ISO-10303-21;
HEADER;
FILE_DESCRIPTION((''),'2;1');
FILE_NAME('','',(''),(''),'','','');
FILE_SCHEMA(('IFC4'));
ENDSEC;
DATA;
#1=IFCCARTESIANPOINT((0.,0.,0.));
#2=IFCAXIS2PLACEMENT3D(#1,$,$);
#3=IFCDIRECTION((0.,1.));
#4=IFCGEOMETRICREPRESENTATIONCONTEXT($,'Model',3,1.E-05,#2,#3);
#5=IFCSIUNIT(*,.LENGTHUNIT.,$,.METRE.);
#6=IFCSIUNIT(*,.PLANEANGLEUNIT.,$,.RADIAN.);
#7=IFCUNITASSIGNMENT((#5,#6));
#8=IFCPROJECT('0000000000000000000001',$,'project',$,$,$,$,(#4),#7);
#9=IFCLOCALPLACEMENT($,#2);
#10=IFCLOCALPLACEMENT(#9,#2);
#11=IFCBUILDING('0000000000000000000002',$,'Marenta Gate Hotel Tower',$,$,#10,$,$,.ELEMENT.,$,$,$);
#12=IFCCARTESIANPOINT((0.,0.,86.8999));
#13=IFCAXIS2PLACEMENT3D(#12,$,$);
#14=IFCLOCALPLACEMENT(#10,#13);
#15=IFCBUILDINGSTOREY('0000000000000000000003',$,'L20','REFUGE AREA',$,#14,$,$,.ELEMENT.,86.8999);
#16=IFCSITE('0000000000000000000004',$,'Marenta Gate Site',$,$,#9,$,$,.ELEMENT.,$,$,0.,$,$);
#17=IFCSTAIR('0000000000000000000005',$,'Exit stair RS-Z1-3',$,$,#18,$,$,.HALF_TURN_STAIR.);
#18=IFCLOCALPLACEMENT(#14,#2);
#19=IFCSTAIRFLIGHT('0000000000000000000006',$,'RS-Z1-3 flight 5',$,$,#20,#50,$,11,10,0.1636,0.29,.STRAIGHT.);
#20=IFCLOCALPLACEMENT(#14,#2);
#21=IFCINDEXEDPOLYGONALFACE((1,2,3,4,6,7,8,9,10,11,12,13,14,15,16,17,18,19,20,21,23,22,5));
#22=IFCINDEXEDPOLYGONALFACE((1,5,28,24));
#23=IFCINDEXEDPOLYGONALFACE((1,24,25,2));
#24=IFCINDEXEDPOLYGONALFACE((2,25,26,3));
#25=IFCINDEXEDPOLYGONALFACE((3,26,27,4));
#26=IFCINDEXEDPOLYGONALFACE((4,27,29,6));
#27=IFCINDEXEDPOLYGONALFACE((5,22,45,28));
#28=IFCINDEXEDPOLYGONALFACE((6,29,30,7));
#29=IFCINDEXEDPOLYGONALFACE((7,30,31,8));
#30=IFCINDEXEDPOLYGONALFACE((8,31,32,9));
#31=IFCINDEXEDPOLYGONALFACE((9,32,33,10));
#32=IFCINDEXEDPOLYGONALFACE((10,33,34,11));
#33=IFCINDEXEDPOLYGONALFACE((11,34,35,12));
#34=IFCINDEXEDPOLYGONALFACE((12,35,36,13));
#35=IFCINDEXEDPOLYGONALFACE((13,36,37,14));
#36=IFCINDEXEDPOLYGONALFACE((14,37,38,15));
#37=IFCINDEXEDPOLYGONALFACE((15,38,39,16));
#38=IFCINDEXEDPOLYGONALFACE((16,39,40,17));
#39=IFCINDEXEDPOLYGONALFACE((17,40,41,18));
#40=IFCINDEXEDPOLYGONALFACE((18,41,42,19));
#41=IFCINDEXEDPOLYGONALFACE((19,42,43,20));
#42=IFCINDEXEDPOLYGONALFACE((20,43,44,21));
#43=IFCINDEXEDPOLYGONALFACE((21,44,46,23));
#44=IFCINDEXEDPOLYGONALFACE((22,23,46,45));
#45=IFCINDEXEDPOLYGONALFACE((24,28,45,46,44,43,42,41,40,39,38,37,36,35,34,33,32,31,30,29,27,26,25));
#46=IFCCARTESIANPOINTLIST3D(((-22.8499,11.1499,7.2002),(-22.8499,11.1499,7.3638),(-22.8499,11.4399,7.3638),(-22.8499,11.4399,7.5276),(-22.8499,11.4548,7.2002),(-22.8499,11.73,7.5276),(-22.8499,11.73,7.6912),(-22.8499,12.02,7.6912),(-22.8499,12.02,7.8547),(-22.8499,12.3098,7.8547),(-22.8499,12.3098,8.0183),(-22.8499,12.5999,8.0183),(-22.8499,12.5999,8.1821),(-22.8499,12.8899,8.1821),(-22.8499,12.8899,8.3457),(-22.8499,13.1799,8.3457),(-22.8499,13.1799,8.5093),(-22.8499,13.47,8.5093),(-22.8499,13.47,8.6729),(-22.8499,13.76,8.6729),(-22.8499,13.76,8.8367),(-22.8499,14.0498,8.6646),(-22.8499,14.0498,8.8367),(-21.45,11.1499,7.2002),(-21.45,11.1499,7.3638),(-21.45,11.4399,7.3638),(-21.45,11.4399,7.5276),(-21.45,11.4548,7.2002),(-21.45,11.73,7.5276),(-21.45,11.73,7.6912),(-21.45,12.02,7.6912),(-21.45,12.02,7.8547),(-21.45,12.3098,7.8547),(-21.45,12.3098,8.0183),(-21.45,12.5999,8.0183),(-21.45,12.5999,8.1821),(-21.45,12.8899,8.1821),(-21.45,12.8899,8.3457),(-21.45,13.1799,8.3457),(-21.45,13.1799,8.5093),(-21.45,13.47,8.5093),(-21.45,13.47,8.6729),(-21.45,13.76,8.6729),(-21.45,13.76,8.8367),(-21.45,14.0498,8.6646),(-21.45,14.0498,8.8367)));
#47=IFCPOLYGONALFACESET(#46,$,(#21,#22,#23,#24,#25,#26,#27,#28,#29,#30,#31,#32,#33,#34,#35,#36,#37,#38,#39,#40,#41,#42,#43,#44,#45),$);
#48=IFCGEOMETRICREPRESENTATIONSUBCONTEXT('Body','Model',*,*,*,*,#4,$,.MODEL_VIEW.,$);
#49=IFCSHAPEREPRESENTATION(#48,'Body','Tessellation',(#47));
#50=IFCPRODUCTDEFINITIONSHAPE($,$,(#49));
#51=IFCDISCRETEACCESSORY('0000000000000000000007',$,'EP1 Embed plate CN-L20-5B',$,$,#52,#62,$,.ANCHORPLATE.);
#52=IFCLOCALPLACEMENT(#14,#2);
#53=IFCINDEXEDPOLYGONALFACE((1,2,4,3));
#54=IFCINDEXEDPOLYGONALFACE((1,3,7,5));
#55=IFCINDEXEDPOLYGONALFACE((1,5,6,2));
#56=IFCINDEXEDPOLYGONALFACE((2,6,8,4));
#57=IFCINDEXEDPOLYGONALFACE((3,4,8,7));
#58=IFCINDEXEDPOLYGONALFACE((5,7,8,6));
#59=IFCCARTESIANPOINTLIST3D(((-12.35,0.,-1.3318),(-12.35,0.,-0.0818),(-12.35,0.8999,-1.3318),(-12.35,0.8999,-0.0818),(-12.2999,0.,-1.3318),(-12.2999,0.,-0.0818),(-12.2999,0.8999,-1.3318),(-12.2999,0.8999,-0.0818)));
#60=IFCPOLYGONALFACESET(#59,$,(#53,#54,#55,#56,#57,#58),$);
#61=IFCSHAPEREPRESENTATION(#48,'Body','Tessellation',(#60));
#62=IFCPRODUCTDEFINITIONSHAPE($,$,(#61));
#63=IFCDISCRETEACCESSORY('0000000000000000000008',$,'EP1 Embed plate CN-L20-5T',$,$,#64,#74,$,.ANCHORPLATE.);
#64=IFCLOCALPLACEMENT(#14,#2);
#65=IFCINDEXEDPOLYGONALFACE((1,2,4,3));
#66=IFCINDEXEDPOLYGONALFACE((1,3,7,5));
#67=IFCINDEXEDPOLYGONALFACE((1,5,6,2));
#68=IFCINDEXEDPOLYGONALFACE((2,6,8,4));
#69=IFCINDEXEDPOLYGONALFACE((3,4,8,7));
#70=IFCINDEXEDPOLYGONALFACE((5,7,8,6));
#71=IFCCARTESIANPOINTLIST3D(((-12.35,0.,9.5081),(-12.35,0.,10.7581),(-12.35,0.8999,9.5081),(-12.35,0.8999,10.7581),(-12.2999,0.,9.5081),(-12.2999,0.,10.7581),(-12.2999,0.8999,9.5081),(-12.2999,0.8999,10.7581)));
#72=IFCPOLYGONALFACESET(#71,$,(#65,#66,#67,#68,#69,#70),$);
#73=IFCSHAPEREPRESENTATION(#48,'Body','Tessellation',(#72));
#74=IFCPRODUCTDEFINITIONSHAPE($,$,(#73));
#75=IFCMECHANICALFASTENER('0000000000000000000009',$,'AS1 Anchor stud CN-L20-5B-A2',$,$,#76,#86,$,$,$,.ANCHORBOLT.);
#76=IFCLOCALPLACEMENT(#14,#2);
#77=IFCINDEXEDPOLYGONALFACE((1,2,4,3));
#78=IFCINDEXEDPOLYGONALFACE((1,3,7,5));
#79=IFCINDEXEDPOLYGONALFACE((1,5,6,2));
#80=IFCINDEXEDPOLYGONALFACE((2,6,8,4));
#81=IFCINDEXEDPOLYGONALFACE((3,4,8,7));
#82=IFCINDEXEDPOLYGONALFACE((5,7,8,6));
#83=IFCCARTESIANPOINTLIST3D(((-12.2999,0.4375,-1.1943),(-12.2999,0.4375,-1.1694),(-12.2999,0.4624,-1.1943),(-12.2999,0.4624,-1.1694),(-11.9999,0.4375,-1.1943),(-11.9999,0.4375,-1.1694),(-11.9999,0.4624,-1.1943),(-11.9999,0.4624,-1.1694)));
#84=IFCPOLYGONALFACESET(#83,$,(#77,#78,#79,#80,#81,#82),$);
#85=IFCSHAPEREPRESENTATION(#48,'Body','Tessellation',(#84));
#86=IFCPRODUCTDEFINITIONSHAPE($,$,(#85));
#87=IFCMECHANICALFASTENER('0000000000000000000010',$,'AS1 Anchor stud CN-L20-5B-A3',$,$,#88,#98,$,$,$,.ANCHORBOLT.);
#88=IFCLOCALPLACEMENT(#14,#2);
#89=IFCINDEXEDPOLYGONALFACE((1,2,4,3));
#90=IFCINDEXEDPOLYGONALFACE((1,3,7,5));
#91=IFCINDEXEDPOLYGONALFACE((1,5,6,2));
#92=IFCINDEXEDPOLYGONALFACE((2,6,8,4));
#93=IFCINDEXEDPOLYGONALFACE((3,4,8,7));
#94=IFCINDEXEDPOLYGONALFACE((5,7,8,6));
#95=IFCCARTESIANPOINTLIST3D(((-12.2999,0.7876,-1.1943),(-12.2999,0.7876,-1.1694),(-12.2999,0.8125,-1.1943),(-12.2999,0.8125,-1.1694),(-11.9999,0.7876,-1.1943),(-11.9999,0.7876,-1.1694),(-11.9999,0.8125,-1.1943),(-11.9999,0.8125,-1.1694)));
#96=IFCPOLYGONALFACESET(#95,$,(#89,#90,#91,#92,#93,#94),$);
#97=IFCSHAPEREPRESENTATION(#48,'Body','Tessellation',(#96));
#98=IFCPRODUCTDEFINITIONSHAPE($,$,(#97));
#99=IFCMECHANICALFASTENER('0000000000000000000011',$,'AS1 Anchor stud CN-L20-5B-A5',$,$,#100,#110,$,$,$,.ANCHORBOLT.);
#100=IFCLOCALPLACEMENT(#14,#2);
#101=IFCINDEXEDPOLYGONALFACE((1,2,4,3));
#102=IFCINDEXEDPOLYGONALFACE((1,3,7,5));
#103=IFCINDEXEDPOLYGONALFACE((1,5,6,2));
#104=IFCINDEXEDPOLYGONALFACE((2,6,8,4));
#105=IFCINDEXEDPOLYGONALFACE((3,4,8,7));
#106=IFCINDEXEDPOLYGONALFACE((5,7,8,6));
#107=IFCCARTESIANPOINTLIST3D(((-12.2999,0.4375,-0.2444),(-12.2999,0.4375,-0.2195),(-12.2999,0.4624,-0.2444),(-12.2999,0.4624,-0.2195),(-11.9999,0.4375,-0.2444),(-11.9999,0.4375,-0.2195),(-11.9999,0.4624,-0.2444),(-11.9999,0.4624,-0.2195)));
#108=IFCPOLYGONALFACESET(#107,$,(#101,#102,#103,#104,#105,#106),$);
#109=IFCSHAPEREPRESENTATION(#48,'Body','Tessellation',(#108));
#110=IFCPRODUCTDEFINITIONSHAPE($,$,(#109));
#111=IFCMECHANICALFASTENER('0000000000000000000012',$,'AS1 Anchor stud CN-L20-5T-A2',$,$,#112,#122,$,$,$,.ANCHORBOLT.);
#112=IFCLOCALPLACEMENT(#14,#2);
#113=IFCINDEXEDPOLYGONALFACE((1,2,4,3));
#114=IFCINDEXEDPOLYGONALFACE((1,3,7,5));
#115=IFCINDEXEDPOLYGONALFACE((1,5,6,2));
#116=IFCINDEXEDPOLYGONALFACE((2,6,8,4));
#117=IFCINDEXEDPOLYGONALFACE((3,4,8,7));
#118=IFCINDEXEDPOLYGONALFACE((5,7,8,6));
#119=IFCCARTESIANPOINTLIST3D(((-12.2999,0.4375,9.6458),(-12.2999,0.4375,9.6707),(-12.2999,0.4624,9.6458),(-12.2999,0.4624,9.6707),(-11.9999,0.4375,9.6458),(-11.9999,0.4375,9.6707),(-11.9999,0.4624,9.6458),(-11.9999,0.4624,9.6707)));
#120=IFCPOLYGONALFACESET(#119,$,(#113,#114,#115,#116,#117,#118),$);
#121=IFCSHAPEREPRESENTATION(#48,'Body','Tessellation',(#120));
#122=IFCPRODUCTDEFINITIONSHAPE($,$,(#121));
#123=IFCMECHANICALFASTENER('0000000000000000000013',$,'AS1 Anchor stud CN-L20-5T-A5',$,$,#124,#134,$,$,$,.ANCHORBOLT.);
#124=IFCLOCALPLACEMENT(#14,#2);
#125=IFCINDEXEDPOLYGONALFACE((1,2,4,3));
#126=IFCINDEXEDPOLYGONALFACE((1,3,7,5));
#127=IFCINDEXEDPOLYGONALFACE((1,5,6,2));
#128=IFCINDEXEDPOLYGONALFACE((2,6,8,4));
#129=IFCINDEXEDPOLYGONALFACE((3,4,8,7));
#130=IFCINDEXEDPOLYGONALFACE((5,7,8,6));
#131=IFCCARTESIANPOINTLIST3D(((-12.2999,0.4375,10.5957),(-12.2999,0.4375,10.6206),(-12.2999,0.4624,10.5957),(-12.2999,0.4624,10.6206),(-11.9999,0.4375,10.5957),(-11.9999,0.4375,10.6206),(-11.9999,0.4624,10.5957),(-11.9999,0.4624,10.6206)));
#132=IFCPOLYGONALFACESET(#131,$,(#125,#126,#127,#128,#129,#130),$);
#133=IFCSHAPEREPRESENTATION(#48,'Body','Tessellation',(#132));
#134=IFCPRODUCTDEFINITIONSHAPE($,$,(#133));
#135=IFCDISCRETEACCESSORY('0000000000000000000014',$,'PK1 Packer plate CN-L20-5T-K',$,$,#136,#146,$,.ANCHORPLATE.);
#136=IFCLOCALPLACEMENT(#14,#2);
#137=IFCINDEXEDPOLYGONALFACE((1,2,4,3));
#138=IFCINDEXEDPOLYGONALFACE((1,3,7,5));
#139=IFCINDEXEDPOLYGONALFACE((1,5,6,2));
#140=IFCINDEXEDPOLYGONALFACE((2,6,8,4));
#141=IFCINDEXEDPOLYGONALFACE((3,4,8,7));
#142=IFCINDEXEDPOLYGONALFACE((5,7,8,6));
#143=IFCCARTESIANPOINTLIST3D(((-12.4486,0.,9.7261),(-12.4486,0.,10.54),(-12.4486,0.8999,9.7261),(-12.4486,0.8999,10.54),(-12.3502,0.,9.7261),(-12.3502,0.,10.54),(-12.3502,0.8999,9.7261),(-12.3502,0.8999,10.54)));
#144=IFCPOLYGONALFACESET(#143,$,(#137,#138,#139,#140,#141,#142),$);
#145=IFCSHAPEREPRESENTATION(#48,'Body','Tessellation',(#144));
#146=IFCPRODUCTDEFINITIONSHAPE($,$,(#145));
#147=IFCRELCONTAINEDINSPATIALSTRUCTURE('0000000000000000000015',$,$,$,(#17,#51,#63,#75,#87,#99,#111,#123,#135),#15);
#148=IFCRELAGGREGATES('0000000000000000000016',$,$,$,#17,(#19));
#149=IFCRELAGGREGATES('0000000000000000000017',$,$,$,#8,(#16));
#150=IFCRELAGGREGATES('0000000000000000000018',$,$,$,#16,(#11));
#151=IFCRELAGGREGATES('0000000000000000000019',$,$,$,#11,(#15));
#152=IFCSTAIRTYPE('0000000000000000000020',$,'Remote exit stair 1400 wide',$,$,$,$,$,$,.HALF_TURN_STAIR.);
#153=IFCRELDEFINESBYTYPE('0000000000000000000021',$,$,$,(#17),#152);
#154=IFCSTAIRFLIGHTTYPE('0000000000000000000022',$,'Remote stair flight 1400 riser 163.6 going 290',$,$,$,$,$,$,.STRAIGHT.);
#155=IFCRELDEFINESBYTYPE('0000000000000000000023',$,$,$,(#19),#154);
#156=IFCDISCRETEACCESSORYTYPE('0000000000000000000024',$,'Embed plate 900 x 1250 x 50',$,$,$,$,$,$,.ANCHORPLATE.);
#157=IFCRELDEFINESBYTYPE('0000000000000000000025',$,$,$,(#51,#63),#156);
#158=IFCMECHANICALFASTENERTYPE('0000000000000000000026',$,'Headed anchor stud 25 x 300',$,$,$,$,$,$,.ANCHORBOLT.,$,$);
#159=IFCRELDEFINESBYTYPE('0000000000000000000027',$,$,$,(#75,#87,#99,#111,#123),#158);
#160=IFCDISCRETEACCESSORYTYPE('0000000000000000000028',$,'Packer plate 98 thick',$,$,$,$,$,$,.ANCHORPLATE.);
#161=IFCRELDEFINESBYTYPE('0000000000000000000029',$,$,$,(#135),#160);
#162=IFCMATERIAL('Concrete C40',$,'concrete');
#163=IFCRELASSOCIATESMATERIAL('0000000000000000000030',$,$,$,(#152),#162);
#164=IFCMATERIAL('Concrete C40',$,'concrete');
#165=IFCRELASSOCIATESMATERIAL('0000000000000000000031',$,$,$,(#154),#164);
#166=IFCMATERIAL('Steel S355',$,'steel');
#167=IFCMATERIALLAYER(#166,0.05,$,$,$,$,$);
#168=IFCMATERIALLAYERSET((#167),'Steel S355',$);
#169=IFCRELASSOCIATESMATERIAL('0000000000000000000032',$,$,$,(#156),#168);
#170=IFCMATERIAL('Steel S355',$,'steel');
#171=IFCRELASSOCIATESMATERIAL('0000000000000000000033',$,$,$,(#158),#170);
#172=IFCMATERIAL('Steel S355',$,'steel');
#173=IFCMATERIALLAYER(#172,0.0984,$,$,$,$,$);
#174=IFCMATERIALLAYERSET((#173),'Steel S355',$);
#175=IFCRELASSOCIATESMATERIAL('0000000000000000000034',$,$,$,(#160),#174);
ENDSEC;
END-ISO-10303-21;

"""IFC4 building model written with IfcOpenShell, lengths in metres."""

from ifc_helpers import new_model, si_unit, direction, frame, origin, origin_2d, place, context, subcontext, project, spatial, polyline, rectangle, outline, extrude, material, layer, layer_set, type_object, element, aggregate, save


model = new_model("IFC4")

# Units and contexts
model_context = context("Model", 3, precision=1e-05, world=origin(), true_north=direction((0.0, 1.0)))
body_context = subcontext(model_context, "Body", "Model", "MODEL_VIEW")
ifc_project = project(units=[si_unit("LENGTHUNIT", "METRE"), si_unit("PLANEANGLEUNIT", "RADIAN")], contexts=[model_context])

# Site, building, storey
site_placement = place(None, origin())
site = spatial("IfcSite", under=ifc_project, at=site_placement, Name="Marenta Gate Site", CompositionType="ELEMENT", RefElevation=0.0)
building_placement = place(site_placement, origin())
building = spatial("IfcBuilding", under=site, at=building_placement, Name="Marenta Gate Hotel Tower", CompositionType="ELEMENT")
storey_placement = place(building_placement, frame((0.0, 0.0, 86.8999)))
storey = spatial("IfcBuildingStorey", under=building, at=storey_placement, Name="L20", Description="REFUGE AREA", CompositionType="ELEMENT", Elevation=86.8999)

# Stair, stair flight
ifc_material_1 = material(Name="Concrete C40", Category="concrete")
stair_type = type_object("IfcStairType", Name="Remote exit stair 1400 wide", PredefinedType="HALF_TURN_STAIR", material=ifc_material_1)
stair_placement = place(storey_placement, origin())
stair = element("IfcStair", 1, at=stair_placement, inside=storey, type_object=stair_type, Name="Exit stair RS-Z1-3", PredefinedType="HALF_TURN_STAIR")
ifc_material_2 = material(Name="Concrete C40", Category="concrete")
stair_flight_type = type_object("IfcStairFlightType", Name="Remote stair flight 1400 riser 163.6 going 290", PredefinedType="STRAIGHT", material=ifc_material_2)
stair_flight_1_placement = place(storey_placement, frame((-22.1499, 11.1499, 7.2002), z_axis=(0.0, 0.0, 1.0), x_axis=(0.0, 1.0, 0.0)))
stair_flight_1 = element("IfcStairFlight", 2, at=stair_flight_1_placement, type_object=stair_flight_type, Name="RS-Z1-3 flight 5", NumberOfRisers=11, NumberOfTreads=10, PredefinedType="STRAIGHT", RiserHeight=0.1636, TreadLength=0.29, context=body_context, shape_type="SweptSolid", body=[
    extrude(outline(polyline([(0.0, 0.0), (0.0, 0.1636), (0.29, 0.1636), (0.29, 0.3274), (0.5801, 0.3274), (0.5801, 0.491), (0.8701, 0.491), (0.8701, 0.6545), (1.1599, 0.6545), (1.1599, 0.8181), (1.45, 0.8181), (1.45, 0.9819), (1.74, 0.9819), (1.74, 1.1455), (2.03, 1.1455), (2.03, 1.3091), (2.3201, 1.3091), (2.3201, 1.4727), (2.6101, 1.4727), (2.6101, 1.6365), (2.8999, 1.6365), (2.8999, 1.8), (2.8999, 1.4644), (0.3049, 0.0), (0.0, 0.0)])), frame((0.0, 0.7, 0.0), z_axis=(0.0, -1.0, 0.0), x_axis=(1.0, 0.0, 0.0)), (0.0, 0.0, 1.0), 1.3999),
])
aggregate(stair, [stair_flight_1])

# Discrete accessories
ifc_material_3 = material(Name="Steel S355", Category="steel")
ifc_layer_1 = layer(ifc_material_3, 0.05)
ifc_layer_set_1 = layer_set([ifc_layer_1], Name="Steel S355")
discrete_accessory_type_1 = type_object("IfcDiscreteAccessoryType", Name="Embed plate 900 x 1250 x 50", PredefinedType="ANCHORPLATE", material=ifc_layer_set_1)
for number, where, z_axis, x_axis, name in (
    (3, (-12.325, 0.45, -1.3318), (0.0, 0.0, 1.0), (1.0, 0.0, 0.0), "EP1 Embed plate CN-L20-5B"),
    (4, (-12.325, 0.45, 9.5081), (0.0, 0.0, 1.0), (1.0, 0.0, 0.0), "EP1 Embed plate CN-L20-5T"),
):
    element("IfcDiscreteAccessory", number, at=place(storey_placement, frame(where, z_axis=z_axis, x_axis=x_axis)), inside=storey, type_object=discrete_accessory_type_1, Name=name, PredefinedType="ANCHORPLATE", context=body_context, shape_type="SweptSolid", body=[
        extrude(rectangle(XDim=0.05, YDim=0.8999, at=origin_2d()), origin(), (0.0, 0.0, 1.0), 1.25),
    ])

# Mechanical fasteners
ifc_material_4 = material(Name="Steel S355", Category="steel")
mechanical_fastener_type = type_object("IfcMechanicalFastenerType", Name="Headed anchor stud 25 x 300", PredefinedType="ANCHORBOLT", material=ifc_material_4)
for number, where, z_axis, x_axis, name in (
    (5, (-12.1499, 0.45, -1.1943), (0.0, 0.0, 1.0), (1.0, 0.0, 0.0), "AS1 Anchor stud CN-L20-5B-A2"),
    (6, (-12.1499, 0.8, -1.1943), (0.0, 0.0, 1.0), (1.0, 0.0, 0.0), "AS1 Anchor stud CN-L20-5B-A3"),
    (7, (-12.1499, 0.45, -0.2444), (0.0, 0.0, 1.0), (1.0, 0.0, 0.0), "AS1 Anchor stud CN-L20-5B-A5"),
    (8, (-12.1499, 0.45, 9.6458), (0.0, 0.0, 1.0), (1.0, 0.0, 0.0), "AS1 Anchor stud CN-L20-5T-A2"),
    (9, (-12.1499, 0.45, 10.5957), (0.0, 0.0, 1.0), (1.0, 0.0, 0.0), "AS1 Anchor stud CN-L20-5T-A5"),
):
    element("IfcMechanicalFastener", number, at=place(storey_placement, frame(where, z_axis=z_axis, x_axis=x_axis)), inside=storey, type_object=mechanical_fastener_type, Name=name, PredefinedType="ANCHORBOLT", context=body_context, shape_type="SweptSolid", body=[
        extrude(rectangle(XDim=0.3, YDim=0.0249, at=origin_2d()), origin(), (0.0, 0.0, 1.0), 0.0249),
    ])

# Discrete accessory
ifc_material_5 = material(Name="Steel S355", Category="steel")
ifc_layer_2 = layer(ifc_material_5, 0.0984)
ifc_layer_set_2 = layer_set([ifc_layer_2], Name="Steel S355")
discrete_accessory_type_2 = type_object("IfcDiscreteAccessoryType", Name="Packer plate 98 thick", PredefinedType="ANCHORPLATE", material=ifc_layer_set_2)
discrete_accessory_placement = place(storey_placement, frame((-12.3994, 0.45, 9.7261), z_axis=(0.0, 0.0, 1.0), x_axis=(1.0, 0.0, 0.0)))
element("IfcDiscreteAccessory", 10, at=discrete_accessory_placement, inside=storey, type_object=discrete_accessory_type_2, Name="PK1 Packer plate CN-L20-5T-K", PredefinedType="ANCHORPLATE", context=body_context, shape_type="SweptSolid", body=[
    extrude(rectangle(XDim=0.0984, YDim=0.8999, at=origin_2d()), origin(), (0.0, 0.0, 1.0), 0.814),
])

save(model, "model.ifc")
